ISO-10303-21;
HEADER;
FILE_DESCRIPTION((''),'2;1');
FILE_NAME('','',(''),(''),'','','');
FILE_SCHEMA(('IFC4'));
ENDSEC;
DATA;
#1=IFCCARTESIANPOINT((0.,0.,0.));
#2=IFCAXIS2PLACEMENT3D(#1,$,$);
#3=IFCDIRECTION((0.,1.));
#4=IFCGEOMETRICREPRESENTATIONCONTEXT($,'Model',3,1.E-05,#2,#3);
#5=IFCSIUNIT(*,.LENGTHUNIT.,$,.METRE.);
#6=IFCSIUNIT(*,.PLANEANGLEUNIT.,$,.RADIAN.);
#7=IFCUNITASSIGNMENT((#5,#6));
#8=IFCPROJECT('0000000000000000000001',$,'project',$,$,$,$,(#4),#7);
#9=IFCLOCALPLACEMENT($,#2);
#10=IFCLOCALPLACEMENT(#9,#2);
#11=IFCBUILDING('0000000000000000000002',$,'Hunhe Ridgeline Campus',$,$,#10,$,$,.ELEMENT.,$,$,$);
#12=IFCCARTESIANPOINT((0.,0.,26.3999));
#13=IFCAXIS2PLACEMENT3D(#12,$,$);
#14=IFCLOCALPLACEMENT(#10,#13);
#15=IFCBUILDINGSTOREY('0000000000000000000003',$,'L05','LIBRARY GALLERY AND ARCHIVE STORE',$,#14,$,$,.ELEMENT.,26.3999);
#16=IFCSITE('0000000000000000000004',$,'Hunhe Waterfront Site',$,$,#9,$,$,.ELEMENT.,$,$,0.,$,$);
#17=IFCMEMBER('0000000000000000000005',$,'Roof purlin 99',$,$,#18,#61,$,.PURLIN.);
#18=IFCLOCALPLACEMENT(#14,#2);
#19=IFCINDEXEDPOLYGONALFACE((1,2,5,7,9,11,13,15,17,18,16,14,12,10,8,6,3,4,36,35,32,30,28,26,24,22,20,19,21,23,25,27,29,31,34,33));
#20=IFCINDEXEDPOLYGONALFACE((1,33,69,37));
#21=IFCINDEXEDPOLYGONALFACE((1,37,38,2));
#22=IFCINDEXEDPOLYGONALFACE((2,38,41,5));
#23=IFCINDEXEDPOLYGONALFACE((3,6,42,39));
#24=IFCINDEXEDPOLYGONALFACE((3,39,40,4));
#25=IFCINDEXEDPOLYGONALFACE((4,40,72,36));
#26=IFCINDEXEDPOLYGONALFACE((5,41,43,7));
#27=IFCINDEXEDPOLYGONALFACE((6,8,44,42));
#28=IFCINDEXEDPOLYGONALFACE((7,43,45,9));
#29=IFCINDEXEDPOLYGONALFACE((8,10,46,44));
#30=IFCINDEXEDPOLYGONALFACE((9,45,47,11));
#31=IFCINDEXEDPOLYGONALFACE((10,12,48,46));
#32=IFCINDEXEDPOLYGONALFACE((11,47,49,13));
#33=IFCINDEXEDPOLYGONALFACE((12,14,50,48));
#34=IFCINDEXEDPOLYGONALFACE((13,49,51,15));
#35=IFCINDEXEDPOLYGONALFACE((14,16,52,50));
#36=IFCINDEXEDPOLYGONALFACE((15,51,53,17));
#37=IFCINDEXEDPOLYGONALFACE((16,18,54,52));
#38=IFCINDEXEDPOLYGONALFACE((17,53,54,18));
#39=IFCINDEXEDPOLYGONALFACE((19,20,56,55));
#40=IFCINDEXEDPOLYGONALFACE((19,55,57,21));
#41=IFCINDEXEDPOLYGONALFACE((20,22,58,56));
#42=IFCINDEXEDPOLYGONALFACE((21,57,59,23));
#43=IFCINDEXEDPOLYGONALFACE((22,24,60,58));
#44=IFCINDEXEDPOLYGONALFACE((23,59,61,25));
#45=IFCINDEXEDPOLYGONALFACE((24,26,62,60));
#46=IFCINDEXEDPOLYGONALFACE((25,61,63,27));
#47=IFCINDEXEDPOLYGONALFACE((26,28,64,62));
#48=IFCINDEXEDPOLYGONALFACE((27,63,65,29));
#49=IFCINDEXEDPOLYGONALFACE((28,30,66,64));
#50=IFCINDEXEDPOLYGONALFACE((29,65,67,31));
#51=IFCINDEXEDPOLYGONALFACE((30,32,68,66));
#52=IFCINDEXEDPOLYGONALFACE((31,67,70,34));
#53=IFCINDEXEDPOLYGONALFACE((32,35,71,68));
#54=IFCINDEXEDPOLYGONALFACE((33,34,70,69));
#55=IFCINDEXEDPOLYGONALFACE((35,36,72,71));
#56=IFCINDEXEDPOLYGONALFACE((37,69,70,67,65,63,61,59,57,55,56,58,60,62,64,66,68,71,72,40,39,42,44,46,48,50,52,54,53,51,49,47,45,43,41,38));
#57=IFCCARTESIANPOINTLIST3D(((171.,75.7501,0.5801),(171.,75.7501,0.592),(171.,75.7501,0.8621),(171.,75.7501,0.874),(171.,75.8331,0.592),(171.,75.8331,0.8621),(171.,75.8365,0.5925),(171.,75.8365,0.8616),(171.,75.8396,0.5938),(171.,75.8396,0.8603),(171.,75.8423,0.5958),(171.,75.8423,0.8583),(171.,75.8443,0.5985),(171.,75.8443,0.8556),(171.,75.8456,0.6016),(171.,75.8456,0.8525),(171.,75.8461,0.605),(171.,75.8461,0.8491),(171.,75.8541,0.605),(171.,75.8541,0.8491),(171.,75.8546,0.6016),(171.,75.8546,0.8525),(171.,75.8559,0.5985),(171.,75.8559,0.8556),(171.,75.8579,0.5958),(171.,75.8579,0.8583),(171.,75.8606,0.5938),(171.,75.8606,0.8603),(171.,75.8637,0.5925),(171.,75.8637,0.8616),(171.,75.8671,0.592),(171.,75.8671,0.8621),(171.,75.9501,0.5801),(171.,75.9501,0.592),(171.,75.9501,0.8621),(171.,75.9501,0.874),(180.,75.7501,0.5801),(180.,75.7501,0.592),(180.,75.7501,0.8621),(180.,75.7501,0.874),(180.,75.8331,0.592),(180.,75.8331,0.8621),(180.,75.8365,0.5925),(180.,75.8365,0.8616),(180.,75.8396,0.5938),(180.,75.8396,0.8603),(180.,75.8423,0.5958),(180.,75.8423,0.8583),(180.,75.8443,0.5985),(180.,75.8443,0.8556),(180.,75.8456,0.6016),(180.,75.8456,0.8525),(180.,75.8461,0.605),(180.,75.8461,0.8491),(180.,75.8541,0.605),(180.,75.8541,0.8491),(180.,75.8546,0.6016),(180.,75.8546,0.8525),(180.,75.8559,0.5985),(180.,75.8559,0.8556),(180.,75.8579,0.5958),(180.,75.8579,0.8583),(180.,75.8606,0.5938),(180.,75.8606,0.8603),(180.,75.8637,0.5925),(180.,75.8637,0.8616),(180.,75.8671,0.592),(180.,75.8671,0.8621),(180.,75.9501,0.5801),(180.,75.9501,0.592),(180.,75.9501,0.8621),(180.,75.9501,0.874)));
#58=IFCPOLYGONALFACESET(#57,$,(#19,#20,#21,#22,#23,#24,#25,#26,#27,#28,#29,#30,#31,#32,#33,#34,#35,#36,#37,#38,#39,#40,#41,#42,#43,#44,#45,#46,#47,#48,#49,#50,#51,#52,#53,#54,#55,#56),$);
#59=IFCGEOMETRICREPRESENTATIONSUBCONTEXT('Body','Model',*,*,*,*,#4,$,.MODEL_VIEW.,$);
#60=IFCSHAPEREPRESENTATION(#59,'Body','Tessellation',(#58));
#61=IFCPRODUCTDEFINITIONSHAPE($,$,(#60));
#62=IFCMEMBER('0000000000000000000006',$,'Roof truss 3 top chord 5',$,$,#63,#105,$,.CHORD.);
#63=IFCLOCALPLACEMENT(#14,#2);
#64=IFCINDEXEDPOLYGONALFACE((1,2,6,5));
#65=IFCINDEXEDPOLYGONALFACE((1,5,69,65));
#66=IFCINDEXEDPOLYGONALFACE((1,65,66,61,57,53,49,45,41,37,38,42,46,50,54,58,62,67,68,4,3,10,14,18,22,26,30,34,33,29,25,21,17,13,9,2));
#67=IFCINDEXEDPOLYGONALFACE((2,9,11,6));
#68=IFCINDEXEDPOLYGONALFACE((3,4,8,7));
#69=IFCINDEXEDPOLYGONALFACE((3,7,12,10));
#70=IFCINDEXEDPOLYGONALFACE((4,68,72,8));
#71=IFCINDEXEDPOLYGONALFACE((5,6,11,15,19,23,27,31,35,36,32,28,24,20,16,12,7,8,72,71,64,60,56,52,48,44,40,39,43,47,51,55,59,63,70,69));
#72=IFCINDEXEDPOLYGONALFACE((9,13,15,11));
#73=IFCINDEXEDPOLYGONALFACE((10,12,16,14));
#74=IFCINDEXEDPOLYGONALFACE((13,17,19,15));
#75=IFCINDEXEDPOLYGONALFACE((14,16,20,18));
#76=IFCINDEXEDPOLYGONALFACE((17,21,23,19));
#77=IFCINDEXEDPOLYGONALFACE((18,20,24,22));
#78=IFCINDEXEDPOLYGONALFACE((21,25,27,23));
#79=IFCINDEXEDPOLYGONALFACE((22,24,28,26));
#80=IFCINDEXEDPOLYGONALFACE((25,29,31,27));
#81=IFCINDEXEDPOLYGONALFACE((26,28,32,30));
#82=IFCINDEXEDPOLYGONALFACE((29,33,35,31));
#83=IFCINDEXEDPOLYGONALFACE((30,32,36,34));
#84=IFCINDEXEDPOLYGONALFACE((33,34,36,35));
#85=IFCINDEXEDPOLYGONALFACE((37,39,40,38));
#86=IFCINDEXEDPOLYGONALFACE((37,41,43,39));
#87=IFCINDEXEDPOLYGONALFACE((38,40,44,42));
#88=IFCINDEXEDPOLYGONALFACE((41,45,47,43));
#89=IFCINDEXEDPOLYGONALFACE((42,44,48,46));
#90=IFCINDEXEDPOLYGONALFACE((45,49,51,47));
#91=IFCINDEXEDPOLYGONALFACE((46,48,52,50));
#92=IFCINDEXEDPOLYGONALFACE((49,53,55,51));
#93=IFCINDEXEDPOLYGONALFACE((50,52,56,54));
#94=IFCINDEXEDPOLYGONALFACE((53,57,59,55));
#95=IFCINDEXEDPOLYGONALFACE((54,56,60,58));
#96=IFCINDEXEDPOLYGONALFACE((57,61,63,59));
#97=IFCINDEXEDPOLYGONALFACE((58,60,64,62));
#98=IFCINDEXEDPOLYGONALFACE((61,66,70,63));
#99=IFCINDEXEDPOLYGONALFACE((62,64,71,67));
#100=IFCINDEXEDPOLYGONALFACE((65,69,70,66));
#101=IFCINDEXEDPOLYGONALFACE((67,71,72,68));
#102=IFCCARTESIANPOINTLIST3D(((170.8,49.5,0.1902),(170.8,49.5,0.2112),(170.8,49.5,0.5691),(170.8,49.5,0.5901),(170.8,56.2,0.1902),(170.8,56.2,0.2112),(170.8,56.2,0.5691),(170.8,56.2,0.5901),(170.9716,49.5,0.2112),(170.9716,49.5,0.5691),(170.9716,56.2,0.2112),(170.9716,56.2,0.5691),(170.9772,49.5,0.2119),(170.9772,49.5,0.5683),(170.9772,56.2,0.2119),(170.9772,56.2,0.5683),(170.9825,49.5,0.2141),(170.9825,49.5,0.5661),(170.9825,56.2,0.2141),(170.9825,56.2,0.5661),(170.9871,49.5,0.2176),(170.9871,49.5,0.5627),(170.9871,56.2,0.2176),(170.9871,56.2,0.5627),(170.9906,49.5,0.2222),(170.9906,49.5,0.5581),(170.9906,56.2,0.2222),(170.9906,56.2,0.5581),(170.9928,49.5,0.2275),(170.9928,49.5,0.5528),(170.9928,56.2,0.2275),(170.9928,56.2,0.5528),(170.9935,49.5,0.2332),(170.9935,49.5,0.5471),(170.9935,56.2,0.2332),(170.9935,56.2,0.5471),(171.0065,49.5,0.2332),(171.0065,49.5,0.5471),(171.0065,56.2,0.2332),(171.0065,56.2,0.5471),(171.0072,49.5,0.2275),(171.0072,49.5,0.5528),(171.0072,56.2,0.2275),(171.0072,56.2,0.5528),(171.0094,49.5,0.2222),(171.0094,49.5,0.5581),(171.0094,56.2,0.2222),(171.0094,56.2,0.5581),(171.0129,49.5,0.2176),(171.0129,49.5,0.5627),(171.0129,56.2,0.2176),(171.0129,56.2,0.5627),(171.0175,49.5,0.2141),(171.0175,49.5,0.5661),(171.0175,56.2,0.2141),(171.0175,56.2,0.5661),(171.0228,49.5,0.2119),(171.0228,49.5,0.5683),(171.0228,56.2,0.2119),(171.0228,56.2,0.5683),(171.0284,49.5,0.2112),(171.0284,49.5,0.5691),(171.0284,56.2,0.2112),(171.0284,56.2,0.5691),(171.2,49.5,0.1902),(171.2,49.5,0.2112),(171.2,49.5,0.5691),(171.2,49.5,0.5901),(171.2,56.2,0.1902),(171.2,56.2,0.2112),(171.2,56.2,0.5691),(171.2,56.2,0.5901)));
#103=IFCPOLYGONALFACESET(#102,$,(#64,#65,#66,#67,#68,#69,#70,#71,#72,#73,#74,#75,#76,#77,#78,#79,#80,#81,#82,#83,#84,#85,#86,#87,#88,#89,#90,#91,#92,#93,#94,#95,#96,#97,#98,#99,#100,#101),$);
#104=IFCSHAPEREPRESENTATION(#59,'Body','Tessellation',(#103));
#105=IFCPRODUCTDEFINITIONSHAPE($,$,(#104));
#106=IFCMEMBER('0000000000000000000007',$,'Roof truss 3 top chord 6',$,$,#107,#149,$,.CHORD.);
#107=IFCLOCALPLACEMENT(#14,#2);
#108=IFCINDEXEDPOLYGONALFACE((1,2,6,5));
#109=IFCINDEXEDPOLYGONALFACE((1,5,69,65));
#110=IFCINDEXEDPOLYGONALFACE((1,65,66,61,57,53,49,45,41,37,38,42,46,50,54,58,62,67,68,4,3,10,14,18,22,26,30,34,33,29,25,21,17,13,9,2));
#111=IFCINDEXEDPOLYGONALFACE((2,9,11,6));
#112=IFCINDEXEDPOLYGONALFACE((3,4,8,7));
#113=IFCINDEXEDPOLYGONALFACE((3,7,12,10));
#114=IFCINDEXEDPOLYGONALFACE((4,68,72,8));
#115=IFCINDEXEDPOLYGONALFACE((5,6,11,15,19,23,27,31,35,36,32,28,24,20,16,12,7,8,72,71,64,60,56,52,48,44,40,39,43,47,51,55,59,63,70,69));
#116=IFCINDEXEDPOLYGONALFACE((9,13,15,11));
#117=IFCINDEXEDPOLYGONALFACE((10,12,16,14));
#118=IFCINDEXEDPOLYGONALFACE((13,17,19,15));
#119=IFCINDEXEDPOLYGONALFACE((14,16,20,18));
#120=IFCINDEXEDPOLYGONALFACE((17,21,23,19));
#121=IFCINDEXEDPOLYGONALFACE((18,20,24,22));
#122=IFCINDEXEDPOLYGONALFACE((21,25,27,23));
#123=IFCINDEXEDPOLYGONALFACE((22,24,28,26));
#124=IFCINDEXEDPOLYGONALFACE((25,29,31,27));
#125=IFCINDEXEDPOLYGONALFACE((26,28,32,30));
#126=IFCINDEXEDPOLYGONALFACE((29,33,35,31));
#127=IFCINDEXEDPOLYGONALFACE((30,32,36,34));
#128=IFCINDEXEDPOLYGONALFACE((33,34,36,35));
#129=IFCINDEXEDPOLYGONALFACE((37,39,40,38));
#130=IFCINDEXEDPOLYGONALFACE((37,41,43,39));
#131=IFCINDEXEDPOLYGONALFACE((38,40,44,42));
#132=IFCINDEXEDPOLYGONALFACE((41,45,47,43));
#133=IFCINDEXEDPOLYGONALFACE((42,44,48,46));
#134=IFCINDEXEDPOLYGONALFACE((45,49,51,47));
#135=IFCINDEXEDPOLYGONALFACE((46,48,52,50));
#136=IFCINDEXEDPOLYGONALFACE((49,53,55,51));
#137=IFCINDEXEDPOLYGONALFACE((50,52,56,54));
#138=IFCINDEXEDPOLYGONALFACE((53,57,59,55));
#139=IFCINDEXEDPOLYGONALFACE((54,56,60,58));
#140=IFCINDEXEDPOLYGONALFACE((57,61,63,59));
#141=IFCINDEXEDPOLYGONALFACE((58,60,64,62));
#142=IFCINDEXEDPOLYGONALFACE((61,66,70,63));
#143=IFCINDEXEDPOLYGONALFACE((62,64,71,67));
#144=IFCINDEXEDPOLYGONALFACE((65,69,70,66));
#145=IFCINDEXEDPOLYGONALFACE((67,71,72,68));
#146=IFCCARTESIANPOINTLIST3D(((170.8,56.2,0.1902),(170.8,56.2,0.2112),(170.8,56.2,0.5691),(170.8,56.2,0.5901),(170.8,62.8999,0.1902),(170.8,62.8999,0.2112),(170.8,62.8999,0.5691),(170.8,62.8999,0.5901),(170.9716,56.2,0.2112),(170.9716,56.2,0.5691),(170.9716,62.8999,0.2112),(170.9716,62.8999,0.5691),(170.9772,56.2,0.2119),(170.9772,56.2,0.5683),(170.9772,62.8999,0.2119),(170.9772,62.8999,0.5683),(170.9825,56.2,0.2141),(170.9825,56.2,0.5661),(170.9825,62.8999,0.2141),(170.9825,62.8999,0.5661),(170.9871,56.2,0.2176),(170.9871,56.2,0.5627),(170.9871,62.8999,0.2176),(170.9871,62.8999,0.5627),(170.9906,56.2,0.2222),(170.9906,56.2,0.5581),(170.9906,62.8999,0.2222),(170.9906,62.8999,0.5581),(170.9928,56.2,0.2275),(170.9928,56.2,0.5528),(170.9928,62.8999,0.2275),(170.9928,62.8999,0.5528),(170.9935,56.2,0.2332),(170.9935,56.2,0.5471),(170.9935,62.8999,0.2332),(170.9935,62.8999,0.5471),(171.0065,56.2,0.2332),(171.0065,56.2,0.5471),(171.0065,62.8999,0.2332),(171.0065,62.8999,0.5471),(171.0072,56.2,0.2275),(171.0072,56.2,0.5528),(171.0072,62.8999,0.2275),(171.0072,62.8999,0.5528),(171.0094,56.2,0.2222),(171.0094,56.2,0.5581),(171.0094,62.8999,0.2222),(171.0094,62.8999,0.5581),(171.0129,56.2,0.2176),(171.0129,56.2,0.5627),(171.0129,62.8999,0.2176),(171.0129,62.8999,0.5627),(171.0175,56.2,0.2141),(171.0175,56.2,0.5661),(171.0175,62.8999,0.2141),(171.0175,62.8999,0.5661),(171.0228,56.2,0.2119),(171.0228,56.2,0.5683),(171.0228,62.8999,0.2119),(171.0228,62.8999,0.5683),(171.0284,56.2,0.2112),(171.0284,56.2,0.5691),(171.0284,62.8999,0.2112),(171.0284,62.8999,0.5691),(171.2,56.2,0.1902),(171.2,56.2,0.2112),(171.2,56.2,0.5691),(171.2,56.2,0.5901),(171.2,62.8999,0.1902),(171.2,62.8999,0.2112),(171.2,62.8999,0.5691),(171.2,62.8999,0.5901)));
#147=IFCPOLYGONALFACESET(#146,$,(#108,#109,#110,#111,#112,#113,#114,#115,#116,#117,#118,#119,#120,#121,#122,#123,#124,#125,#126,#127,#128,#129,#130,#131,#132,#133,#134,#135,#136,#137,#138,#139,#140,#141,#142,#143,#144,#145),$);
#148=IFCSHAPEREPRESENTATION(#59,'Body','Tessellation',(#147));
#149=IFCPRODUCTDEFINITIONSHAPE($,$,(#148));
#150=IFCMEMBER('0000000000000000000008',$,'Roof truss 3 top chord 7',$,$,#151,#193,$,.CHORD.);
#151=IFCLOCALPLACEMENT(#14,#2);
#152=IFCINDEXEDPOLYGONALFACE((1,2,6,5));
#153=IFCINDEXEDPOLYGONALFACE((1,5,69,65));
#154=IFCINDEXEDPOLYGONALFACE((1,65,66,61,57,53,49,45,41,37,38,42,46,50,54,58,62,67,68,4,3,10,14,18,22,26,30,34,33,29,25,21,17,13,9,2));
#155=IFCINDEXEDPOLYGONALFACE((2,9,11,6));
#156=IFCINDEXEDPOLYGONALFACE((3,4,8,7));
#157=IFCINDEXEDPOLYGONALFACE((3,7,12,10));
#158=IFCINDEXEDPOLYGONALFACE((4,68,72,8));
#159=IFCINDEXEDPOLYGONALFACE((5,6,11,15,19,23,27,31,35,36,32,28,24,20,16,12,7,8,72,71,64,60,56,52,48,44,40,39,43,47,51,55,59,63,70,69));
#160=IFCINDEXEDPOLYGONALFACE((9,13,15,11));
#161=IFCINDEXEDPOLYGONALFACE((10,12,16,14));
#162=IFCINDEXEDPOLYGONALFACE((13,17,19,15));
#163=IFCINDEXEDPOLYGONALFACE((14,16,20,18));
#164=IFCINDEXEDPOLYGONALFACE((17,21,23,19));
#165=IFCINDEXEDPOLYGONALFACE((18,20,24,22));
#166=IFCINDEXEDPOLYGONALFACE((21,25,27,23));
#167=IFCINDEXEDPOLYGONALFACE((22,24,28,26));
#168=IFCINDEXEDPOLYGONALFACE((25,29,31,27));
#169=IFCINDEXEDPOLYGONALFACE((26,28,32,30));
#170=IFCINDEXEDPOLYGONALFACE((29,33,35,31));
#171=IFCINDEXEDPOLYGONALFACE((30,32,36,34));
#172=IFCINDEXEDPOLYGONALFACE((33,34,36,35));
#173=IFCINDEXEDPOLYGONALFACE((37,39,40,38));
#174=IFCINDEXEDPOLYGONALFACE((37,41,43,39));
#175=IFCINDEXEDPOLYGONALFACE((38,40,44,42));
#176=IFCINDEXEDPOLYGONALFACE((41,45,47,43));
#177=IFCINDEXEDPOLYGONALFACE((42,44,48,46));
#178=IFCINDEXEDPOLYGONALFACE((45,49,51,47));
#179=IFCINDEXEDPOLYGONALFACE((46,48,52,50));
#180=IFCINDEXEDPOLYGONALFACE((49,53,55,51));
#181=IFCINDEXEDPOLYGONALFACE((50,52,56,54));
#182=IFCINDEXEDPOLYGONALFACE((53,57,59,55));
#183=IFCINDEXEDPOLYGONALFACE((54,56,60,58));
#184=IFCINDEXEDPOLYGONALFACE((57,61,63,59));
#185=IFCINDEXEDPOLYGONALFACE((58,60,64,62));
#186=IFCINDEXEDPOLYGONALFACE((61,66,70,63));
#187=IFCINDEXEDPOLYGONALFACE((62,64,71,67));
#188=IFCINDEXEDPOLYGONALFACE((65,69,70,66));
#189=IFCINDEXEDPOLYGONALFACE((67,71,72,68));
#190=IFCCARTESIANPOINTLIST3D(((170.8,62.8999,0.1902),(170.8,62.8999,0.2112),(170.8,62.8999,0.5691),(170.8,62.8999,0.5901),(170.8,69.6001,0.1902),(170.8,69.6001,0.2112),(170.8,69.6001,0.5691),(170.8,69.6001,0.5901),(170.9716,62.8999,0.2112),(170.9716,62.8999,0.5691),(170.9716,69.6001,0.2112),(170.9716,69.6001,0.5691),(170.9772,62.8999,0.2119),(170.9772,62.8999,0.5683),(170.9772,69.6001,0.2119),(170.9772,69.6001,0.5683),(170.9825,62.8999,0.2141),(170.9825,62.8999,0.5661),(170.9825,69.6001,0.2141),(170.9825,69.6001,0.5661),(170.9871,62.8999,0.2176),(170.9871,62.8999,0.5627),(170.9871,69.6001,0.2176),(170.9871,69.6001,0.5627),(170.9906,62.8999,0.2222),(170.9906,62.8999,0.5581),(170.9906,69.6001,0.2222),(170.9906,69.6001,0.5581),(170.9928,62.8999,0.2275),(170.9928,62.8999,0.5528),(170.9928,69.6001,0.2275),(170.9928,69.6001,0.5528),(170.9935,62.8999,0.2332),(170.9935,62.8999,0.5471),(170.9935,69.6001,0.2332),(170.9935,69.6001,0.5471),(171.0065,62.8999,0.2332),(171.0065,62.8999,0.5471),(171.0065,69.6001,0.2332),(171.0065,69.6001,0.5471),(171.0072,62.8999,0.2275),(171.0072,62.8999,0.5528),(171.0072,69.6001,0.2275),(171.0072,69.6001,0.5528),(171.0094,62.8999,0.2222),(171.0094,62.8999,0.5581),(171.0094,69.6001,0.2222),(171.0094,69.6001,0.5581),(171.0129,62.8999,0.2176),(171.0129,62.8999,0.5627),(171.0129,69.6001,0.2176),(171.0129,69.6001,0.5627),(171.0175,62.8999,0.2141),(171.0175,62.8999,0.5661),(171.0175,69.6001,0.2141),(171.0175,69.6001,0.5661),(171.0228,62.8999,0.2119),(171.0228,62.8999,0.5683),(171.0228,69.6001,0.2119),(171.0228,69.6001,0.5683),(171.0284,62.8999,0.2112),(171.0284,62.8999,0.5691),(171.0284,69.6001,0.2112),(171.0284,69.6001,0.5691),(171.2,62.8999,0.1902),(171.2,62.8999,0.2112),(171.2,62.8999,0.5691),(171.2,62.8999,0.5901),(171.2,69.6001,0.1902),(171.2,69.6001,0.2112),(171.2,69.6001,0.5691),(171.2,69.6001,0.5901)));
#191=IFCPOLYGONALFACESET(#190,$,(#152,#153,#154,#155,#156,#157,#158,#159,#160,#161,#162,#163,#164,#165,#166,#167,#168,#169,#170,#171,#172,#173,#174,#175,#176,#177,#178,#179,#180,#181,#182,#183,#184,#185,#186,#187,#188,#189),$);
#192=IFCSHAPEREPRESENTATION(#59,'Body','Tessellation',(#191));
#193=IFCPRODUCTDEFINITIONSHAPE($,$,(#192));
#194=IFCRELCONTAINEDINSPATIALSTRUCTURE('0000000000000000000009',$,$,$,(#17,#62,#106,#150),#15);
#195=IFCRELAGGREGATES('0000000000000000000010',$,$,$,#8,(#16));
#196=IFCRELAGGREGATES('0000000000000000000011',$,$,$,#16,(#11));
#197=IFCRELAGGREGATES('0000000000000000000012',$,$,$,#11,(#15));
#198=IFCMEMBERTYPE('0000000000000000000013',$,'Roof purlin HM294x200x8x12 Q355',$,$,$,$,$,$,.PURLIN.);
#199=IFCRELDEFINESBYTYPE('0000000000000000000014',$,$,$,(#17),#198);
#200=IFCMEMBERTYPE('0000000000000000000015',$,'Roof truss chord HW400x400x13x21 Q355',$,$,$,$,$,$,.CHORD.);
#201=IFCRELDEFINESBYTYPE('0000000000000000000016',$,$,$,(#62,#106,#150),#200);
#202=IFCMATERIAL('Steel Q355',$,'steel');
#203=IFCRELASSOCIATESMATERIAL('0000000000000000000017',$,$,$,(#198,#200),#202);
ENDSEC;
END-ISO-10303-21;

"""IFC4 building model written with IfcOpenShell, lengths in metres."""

from ifc_helpers import new_model, si_unit, direction, frame, origin, origin_2d, place, context, subcontext, project, spatial, i_section, extrude, material, material_profile, profile_set, type_object, element, save


model = new_model("IFC4")

# Units and contexts
model_context = context("Model", 3, precision=1e-05, world=origin(), true_north=direction((0.0, 1.0)))
body_context = subcontext(model_context, "Body", "Model", "MODEL_VIEW")
ifc_project = project(units=[si_unit("LENGTHUNIT", "METRE"), si_unit("PLANEANGLEUNIT", "RADIAN")], contexts=[model_context])

# Site, building, storey
site_placement = place(None, origin())
site = spatial("IfcSite", under=ifc_project, at=site_placement, Name="Hunhe Waterfront Site", CompositionType="ELEMENT", RefElevation=0.0)
building_placement = place(site_placement, origin())
building = spatial("IfcBuilding", under=site, at=building_placement, Name="Hunhe Ridgeline Campus", CompositionType="ELEMENT")
storey_placement = place(building_placement, frame((0.0, 0.0, 26.3999)))
storey = spatial("IfcBuildingStorey", under=building, at=storey_placement, Name="L05", Description="LIBRARY GALLERY AND ARCHIVE STORE", CompositionType="ELEMENT", Elevation=26.3999)

# Members
ifc_material = material(Name="Steel Q355", Category="steel")
ifc_material_profile_1 = material_profile(ifc_material, i_section(OverallWidth=0.2, OverallDepth=0.2939, WebThickness=0.0081, FlangeThickness=0.012, FilletRadius=0.0129, at=origin_2d()))
ifc_profile_set_1 = profile_set([ifc_material_profile_1], Name="Steel Q355")
member_type_1 = type_object("IfcMemberType", Name="Roof purlin HM294x200x8x12 Q355", PredefinedType="PURLIN", material=ifc_profile_set_1)
for number, where, z_axis, x_axis, name in (
    (1, (171.0, 75.8501, 0.7271), (1.0, 0.0, 0.0), (0.0, 1.0, 0.0), "Roof purlin 99"),
):
    element("IfcMember", number, at=place(storey_placement, frame(where, z_axis=z_axis, x_axis=x_axis)), inside=storey, type_object=member_type_1, Name=name, PredefinedType="PURLIN", context=body_context, shape_type="SweptSolid", body=[
        extrude(i_section(OverallWidth=0.2, OverallDepth=0.2939, WebThickness=0.0081, FlangeThickness=0.012, FilletRadius=0.0129, at=origin_2d()), origin(), (0.0, 0.0, 1.0), 9.0),
    ])
ifc_material_profile_2 = material_profile(ifc_material, i_section(OverallWidth=0.3999, OverallDepth=0.3999, WebThickness=0.0129, FlangeThickness=0.021, FilletRadius=0.022, at=origin_2d()))
ifc_profile_set_2 = profile_set([ifc_material_profile_2], Name="Steel Q355")
member_type_2 = type_object("IfcMemberType", Name="Roof truss chord HW400x400x13x21 Q355", PredefinedType="CHORD", material=ifc_profile_set_2)
for number, where, z_axis, x_axis, name in (
    (2, (171.0, 49.5, 0.3901), (0.0, 1.0, 0.0), (-1.0, 0.0, 0.0), "Roof truss 3 top chord 5"),
    (3, (171.0, 56.2, 0.3901), (0.0, 1.0, 0.0), (-1.0, 0.0, 0.0), "Roof truss 3 top chord 6"),
):
    element("IfcMember", number, at=place(storey_placement, frame(where, z_axis=z_axis, x_axis=x_axis)), inside=storey, type_object=member_type_2, Name=name, PredefinedType="CHORD", context=body_context, shape_type="SweptSolid", body=[
        extrude(i_section(OverallWidth=0.3999, OverallDepth=0.3999, WebThickness=0.0129, FlangeThickness=0.021, FilletRadius=0.022, at=origin_2d()), origin(), (0.0, 0.0, 1.0), 6.7),
    ])
member_1_placement = place(storey_placement, frame((171.0, 62.8999, 0.3901), z_axis=(0.0, 1.0, 0.0), x_axis=(-1.0, 0.0, 0.0)))
element("IfcMember", 4, at=member_1_placement, inside=storey, type_object=member_type_2, Name="Roof truss 3 top chord 7", PredefinedType="CHORD", context=body_context, shape_type="SweptSolid", body=[
    extrude(i_section(OverallWidth=0.3999, OverallDepth=0.3999, WebThickness=0.0129, FlangeThickness=0.021, FilletRadius=0.022, at=origin_2d()), origin(), (0.0, 0.0, 1.0), 6.7002),
])

save(model, "model.ifc")
